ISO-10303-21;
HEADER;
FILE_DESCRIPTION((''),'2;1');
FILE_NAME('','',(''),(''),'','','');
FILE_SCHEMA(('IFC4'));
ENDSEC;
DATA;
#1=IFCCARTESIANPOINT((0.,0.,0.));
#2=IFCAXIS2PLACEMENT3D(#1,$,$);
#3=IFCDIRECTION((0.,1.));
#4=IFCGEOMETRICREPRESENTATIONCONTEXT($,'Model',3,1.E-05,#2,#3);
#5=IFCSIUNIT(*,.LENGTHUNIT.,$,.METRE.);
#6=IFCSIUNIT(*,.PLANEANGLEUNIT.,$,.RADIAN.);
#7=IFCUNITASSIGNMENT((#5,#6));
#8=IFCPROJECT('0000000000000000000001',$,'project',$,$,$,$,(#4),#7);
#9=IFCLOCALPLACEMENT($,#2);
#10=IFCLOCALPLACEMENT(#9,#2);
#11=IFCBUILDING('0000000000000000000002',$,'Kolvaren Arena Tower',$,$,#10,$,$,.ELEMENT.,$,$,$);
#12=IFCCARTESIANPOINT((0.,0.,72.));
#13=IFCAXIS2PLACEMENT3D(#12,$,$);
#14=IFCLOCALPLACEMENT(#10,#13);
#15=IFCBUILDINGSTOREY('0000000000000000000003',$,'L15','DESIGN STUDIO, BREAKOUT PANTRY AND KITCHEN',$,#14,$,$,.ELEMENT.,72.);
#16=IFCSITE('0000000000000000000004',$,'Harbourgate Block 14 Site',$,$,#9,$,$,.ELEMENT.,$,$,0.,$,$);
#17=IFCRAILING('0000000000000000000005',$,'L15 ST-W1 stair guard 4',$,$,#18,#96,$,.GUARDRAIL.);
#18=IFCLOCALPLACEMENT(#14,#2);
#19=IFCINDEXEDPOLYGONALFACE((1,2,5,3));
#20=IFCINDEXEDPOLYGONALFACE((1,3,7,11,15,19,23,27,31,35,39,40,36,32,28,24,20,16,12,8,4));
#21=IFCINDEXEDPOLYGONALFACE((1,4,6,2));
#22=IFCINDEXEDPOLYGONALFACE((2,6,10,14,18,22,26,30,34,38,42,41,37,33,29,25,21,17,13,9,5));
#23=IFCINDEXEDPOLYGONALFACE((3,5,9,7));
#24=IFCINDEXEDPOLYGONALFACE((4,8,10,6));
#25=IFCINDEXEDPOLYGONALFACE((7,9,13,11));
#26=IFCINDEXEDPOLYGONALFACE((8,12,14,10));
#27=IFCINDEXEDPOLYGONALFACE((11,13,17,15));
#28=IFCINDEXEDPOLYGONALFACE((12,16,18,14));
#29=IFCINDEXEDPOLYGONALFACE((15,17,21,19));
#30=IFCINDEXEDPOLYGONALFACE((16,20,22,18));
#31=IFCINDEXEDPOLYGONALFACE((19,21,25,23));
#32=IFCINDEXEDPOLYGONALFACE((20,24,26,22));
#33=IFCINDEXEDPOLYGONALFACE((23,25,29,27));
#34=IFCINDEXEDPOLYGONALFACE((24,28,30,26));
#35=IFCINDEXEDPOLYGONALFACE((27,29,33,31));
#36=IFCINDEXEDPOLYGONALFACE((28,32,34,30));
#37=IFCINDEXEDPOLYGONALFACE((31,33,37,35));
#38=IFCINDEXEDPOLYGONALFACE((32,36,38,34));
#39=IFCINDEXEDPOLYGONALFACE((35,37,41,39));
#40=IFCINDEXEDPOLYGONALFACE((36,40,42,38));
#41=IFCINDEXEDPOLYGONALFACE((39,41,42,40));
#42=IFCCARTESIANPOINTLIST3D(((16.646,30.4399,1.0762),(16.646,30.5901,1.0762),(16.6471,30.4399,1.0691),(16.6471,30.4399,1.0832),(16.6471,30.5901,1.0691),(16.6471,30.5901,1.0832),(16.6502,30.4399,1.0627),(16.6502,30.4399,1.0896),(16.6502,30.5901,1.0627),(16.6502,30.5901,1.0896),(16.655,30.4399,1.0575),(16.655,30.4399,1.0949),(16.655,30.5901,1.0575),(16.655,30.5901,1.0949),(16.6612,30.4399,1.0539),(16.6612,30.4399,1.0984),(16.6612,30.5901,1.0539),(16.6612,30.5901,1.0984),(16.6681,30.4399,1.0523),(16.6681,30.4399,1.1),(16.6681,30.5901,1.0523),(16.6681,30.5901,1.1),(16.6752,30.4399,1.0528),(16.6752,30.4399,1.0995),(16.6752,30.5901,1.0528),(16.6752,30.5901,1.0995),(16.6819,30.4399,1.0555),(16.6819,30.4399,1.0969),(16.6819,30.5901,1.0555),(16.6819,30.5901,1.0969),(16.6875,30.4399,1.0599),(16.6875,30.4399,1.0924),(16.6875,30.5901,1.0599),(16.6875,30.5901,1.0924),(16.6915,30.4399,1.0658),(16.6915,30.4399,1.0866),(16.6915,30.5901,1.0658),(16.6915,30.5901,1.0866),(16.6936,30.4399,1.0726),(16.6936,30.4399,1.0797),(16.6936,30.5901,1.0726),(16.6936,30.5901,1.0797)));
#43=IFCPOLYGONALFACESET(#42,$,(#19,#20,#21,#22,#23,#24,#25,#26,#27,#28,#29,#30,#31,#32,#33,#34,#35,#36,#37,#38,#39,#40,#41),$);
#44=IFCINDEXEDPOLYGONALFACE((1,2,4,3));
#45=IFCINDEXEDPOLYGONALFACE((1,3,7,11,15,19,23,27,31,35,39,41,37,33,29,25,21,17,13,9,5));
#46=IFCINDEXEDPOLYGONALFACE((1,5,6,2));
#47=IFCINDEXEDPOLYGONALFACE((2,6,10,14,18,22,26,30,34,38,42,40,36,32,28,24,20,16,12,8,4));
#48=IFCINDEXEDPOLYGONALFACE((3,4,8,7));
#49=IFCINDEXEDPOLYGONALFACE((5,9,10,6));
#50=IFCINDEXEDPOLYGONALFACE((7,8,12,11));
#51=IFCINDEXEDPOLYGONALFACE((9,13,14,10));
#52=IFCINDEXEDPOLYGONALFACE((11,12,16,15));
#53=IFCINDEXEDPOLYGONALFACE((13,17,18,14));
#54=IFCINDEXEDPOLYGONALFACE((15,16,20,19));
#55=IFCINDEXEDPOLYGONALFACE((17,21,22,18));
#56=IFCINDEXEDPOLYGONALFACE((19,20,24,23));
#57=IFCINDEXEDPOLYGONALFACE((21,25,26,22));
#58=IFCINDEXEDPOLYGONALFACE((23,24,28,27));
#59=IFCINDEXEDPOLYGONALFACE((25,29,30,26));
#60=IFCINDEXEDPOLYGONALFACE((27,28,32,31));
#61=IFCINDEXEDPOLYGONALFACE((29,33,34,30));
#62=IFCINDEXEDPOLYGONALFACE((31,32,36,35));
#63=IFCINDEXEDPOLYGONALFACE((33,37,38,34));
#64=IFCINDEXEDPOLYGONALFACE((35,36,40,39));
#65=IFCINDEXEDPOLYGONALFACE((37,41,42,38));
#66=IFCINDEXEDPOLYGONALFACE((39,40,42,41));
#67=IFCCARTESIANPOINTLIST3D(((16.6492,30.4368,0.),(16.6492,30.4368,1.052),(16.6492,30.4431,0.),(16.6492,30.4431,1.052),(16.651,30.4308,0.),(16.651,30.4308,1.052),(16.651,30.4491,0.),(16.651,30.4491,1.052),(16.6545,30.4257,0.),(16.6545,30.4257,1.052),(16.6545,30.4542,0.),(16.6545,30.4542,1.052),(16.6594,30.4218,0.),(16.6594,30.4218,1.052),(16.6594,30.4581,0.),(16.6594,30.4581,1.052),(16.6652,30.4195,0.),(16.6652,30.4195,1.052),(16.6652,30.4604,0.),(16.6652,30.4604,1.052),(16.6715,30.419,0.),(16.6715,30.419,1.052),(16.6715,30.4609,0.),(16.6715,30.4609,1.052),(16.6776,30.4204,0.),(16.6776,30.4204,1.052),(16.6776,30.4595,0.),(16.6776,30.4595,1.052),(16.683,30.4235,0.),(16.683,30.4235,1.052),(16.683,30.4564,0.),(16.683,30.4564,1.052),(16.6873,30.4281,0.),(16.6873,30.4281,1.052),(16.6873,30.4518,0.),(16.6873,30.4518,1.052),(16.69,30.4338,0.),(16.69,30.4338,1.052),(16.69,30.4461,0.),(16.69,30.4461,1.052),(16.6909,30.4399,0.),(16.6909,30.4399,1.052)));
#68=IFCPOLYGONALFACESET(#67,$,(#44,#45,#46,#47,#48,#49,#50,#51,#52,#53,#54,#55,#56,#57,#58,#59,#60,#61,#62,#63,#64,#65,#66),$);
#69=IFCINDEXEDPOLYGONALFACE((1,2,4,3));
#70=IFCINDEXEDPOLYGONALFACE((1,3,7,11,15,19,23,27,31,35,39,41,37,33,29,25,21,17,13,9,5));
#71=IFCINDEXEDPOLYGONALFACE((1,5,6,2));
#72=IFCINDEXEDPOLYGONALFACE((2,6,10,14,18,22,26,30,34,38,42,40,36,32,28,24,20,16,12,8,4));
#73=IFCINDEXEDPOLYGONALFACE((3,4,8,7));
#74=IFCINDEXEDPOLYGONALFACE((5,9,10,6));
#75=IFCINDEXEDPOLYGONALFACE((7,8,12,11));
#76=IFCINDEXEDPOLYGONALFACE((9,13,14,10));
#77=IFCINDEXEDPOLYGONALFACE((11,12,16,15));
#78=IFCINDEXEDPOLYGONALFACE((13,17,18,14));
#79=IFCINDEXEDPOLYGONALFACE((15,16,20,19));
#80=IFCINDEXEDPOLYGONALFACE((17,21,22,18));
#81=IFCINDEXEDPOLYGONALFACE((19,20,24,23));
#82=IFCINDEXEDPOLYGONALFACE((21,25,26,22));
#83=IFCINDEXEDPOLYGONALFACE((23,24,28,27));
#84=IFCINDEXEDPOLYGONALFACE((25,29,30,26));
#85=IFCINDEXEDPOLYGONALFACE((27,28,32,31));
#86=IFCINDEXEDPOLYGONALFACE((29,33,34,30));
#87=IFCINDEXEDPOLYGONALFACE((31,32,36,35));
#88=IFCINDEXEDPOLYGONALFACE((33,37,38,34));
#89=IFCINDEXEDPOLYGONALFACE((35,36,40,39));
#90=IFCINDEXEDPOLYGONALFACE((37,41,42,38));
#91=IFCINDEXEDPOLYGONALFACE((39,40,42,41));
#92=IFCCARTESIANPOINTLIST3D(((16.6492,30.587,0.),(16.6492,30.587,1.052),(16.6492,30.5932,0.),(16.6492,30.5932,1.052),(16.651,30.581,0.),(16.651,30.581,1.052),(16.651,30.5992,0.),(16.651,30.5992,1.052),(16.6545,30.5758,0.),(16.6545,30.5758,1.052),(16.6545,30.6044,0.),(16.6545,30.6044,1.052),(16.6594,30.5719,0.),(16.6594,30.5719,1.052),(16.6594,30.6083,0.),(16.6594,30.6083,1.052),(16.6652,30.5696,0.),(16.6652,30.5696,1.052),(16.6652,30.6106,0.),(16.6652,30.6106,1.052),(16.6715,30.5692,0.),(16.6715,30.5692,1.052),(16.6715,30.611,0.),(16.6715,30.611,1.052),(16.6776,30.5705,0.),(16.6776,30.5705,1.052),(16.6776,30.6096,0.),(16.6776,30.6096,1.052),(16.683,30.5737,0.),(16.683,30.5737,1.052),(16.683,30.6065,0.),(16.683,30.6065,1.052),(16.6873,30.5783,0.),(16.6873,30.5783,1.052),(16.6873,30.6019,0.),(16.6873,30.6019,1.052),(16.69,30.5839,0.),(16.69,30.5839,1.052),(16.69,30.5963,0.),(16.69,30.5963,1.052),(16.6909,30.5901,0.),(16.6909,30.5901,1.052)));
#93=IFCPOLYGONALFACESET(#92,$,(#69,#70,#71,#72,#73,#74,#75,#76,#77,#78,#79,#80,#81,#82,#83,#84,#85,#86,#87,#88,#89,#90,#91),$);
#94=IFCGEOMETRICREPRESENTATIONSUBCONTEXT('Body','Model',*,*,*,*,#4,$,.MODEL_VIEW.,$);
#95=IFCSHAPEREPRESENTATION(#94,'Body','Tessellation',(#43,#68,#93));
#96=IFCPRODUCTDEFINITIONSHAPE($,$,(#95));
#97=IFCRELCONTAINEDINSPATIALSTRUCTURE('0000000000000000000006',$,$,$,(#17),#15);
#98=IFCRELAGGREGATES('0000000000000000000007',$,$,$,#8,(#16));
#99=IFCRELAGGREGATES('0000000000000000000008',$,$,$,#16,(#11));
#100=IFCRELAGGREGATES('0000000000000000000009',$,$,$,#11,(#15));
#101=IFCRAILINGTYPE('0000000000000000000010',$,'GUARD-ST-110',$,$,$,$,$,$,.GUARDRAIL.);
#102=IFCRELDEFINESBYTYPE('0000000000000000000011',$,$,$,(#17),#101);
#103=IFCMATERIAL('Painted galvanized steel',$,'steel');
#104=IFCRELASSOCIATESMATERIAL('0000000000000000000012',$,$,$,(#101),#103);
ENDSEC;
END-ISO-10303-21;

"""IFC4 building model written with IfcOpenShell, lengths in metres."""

from ifc_helpers import new_model, si_unit, direction, frame, origin, origin_2d, place, context, subcontext, project, spatial, circle, extrude, material, type_object, element, save


model = new_model("IFC4")

# Units and contexts
model_context = context("Model", 3, precision=1e-05, world=origin(), true_north=direction((0.0, 1.0)))
body_context = subcontext(model_context, "Body", "Model", "MODEL_VIEW")
ifc_project = project(units=[si_unit("LENGTHUNIT", "METRE"), si_unit("PLANEANGLEUNIT", "RADIAN")], contexts=[model_context])

# Site, building, storey
site_placement = place(None, origin())
site = spatial("IfcSite", under=ifc_project, at=site_placement, Name="Harbourgate Block 14 Site", CompositionType="ELEMENT", RefElevation=0.0)
building_placement = place(site_placement, origin())
building = spatial("IfcBuilding", under=site, at=building_placement, Name="Kolvaren Arena Tower", CompositionType="ELEMENT")
storey_placement = place(building_placement, frame((0.0, 0.0, 72.0)))
storey = spatial("IfcBuildingStorey", under=building, at=storey_placement, Name="L15", Description="DESIGN STUDIO, BREAKOUT PANTRY AND KITCHEN", CompositionType="ELEMENT", Elevation=72.0)

# Railing
ifc_material_1 = material(Name="Painted galvanized steel", Category="steel")
railing_type_1 = type_object("IfcRailingType", Name="GUARD-ST-110", PredefinedType="GUARDRAIL", material=ifc_material_1)
railing_1_placement = place(storey_placement, frame((16.6699, 30.4399, 0.0)))
element("IfcRailing", 1, at=railing_1_placement, inside=storey, type_object=railing_type_1, Name="L15 ST-W1 stair guard 4", PredefinedType="GUARDRAIL", context=body_context, shape_type="SweptSolid", body=[
    extrude(circle(Radius=0.0239, at=origin_2d()), frame((0.0, 0.0, 1.0762), z_axis=(0.0, 1.0, 0.0), x_axis=(-1.0, 0.0, 0.0)), (0.0, 0.0, 1.0), 0.1501),
    extrude(circle(Radius=0.021, at=origin_2d()), origin(), (0.0, 0.0, 1.0), 1.052),
    extrude(circle(Radius=0.021, at=origin_2d()), frame((0.0, 0.1501, 0.0)), (0.0, 0.0, 1.0), 1.052),
])

save(model, "model.ifc")
